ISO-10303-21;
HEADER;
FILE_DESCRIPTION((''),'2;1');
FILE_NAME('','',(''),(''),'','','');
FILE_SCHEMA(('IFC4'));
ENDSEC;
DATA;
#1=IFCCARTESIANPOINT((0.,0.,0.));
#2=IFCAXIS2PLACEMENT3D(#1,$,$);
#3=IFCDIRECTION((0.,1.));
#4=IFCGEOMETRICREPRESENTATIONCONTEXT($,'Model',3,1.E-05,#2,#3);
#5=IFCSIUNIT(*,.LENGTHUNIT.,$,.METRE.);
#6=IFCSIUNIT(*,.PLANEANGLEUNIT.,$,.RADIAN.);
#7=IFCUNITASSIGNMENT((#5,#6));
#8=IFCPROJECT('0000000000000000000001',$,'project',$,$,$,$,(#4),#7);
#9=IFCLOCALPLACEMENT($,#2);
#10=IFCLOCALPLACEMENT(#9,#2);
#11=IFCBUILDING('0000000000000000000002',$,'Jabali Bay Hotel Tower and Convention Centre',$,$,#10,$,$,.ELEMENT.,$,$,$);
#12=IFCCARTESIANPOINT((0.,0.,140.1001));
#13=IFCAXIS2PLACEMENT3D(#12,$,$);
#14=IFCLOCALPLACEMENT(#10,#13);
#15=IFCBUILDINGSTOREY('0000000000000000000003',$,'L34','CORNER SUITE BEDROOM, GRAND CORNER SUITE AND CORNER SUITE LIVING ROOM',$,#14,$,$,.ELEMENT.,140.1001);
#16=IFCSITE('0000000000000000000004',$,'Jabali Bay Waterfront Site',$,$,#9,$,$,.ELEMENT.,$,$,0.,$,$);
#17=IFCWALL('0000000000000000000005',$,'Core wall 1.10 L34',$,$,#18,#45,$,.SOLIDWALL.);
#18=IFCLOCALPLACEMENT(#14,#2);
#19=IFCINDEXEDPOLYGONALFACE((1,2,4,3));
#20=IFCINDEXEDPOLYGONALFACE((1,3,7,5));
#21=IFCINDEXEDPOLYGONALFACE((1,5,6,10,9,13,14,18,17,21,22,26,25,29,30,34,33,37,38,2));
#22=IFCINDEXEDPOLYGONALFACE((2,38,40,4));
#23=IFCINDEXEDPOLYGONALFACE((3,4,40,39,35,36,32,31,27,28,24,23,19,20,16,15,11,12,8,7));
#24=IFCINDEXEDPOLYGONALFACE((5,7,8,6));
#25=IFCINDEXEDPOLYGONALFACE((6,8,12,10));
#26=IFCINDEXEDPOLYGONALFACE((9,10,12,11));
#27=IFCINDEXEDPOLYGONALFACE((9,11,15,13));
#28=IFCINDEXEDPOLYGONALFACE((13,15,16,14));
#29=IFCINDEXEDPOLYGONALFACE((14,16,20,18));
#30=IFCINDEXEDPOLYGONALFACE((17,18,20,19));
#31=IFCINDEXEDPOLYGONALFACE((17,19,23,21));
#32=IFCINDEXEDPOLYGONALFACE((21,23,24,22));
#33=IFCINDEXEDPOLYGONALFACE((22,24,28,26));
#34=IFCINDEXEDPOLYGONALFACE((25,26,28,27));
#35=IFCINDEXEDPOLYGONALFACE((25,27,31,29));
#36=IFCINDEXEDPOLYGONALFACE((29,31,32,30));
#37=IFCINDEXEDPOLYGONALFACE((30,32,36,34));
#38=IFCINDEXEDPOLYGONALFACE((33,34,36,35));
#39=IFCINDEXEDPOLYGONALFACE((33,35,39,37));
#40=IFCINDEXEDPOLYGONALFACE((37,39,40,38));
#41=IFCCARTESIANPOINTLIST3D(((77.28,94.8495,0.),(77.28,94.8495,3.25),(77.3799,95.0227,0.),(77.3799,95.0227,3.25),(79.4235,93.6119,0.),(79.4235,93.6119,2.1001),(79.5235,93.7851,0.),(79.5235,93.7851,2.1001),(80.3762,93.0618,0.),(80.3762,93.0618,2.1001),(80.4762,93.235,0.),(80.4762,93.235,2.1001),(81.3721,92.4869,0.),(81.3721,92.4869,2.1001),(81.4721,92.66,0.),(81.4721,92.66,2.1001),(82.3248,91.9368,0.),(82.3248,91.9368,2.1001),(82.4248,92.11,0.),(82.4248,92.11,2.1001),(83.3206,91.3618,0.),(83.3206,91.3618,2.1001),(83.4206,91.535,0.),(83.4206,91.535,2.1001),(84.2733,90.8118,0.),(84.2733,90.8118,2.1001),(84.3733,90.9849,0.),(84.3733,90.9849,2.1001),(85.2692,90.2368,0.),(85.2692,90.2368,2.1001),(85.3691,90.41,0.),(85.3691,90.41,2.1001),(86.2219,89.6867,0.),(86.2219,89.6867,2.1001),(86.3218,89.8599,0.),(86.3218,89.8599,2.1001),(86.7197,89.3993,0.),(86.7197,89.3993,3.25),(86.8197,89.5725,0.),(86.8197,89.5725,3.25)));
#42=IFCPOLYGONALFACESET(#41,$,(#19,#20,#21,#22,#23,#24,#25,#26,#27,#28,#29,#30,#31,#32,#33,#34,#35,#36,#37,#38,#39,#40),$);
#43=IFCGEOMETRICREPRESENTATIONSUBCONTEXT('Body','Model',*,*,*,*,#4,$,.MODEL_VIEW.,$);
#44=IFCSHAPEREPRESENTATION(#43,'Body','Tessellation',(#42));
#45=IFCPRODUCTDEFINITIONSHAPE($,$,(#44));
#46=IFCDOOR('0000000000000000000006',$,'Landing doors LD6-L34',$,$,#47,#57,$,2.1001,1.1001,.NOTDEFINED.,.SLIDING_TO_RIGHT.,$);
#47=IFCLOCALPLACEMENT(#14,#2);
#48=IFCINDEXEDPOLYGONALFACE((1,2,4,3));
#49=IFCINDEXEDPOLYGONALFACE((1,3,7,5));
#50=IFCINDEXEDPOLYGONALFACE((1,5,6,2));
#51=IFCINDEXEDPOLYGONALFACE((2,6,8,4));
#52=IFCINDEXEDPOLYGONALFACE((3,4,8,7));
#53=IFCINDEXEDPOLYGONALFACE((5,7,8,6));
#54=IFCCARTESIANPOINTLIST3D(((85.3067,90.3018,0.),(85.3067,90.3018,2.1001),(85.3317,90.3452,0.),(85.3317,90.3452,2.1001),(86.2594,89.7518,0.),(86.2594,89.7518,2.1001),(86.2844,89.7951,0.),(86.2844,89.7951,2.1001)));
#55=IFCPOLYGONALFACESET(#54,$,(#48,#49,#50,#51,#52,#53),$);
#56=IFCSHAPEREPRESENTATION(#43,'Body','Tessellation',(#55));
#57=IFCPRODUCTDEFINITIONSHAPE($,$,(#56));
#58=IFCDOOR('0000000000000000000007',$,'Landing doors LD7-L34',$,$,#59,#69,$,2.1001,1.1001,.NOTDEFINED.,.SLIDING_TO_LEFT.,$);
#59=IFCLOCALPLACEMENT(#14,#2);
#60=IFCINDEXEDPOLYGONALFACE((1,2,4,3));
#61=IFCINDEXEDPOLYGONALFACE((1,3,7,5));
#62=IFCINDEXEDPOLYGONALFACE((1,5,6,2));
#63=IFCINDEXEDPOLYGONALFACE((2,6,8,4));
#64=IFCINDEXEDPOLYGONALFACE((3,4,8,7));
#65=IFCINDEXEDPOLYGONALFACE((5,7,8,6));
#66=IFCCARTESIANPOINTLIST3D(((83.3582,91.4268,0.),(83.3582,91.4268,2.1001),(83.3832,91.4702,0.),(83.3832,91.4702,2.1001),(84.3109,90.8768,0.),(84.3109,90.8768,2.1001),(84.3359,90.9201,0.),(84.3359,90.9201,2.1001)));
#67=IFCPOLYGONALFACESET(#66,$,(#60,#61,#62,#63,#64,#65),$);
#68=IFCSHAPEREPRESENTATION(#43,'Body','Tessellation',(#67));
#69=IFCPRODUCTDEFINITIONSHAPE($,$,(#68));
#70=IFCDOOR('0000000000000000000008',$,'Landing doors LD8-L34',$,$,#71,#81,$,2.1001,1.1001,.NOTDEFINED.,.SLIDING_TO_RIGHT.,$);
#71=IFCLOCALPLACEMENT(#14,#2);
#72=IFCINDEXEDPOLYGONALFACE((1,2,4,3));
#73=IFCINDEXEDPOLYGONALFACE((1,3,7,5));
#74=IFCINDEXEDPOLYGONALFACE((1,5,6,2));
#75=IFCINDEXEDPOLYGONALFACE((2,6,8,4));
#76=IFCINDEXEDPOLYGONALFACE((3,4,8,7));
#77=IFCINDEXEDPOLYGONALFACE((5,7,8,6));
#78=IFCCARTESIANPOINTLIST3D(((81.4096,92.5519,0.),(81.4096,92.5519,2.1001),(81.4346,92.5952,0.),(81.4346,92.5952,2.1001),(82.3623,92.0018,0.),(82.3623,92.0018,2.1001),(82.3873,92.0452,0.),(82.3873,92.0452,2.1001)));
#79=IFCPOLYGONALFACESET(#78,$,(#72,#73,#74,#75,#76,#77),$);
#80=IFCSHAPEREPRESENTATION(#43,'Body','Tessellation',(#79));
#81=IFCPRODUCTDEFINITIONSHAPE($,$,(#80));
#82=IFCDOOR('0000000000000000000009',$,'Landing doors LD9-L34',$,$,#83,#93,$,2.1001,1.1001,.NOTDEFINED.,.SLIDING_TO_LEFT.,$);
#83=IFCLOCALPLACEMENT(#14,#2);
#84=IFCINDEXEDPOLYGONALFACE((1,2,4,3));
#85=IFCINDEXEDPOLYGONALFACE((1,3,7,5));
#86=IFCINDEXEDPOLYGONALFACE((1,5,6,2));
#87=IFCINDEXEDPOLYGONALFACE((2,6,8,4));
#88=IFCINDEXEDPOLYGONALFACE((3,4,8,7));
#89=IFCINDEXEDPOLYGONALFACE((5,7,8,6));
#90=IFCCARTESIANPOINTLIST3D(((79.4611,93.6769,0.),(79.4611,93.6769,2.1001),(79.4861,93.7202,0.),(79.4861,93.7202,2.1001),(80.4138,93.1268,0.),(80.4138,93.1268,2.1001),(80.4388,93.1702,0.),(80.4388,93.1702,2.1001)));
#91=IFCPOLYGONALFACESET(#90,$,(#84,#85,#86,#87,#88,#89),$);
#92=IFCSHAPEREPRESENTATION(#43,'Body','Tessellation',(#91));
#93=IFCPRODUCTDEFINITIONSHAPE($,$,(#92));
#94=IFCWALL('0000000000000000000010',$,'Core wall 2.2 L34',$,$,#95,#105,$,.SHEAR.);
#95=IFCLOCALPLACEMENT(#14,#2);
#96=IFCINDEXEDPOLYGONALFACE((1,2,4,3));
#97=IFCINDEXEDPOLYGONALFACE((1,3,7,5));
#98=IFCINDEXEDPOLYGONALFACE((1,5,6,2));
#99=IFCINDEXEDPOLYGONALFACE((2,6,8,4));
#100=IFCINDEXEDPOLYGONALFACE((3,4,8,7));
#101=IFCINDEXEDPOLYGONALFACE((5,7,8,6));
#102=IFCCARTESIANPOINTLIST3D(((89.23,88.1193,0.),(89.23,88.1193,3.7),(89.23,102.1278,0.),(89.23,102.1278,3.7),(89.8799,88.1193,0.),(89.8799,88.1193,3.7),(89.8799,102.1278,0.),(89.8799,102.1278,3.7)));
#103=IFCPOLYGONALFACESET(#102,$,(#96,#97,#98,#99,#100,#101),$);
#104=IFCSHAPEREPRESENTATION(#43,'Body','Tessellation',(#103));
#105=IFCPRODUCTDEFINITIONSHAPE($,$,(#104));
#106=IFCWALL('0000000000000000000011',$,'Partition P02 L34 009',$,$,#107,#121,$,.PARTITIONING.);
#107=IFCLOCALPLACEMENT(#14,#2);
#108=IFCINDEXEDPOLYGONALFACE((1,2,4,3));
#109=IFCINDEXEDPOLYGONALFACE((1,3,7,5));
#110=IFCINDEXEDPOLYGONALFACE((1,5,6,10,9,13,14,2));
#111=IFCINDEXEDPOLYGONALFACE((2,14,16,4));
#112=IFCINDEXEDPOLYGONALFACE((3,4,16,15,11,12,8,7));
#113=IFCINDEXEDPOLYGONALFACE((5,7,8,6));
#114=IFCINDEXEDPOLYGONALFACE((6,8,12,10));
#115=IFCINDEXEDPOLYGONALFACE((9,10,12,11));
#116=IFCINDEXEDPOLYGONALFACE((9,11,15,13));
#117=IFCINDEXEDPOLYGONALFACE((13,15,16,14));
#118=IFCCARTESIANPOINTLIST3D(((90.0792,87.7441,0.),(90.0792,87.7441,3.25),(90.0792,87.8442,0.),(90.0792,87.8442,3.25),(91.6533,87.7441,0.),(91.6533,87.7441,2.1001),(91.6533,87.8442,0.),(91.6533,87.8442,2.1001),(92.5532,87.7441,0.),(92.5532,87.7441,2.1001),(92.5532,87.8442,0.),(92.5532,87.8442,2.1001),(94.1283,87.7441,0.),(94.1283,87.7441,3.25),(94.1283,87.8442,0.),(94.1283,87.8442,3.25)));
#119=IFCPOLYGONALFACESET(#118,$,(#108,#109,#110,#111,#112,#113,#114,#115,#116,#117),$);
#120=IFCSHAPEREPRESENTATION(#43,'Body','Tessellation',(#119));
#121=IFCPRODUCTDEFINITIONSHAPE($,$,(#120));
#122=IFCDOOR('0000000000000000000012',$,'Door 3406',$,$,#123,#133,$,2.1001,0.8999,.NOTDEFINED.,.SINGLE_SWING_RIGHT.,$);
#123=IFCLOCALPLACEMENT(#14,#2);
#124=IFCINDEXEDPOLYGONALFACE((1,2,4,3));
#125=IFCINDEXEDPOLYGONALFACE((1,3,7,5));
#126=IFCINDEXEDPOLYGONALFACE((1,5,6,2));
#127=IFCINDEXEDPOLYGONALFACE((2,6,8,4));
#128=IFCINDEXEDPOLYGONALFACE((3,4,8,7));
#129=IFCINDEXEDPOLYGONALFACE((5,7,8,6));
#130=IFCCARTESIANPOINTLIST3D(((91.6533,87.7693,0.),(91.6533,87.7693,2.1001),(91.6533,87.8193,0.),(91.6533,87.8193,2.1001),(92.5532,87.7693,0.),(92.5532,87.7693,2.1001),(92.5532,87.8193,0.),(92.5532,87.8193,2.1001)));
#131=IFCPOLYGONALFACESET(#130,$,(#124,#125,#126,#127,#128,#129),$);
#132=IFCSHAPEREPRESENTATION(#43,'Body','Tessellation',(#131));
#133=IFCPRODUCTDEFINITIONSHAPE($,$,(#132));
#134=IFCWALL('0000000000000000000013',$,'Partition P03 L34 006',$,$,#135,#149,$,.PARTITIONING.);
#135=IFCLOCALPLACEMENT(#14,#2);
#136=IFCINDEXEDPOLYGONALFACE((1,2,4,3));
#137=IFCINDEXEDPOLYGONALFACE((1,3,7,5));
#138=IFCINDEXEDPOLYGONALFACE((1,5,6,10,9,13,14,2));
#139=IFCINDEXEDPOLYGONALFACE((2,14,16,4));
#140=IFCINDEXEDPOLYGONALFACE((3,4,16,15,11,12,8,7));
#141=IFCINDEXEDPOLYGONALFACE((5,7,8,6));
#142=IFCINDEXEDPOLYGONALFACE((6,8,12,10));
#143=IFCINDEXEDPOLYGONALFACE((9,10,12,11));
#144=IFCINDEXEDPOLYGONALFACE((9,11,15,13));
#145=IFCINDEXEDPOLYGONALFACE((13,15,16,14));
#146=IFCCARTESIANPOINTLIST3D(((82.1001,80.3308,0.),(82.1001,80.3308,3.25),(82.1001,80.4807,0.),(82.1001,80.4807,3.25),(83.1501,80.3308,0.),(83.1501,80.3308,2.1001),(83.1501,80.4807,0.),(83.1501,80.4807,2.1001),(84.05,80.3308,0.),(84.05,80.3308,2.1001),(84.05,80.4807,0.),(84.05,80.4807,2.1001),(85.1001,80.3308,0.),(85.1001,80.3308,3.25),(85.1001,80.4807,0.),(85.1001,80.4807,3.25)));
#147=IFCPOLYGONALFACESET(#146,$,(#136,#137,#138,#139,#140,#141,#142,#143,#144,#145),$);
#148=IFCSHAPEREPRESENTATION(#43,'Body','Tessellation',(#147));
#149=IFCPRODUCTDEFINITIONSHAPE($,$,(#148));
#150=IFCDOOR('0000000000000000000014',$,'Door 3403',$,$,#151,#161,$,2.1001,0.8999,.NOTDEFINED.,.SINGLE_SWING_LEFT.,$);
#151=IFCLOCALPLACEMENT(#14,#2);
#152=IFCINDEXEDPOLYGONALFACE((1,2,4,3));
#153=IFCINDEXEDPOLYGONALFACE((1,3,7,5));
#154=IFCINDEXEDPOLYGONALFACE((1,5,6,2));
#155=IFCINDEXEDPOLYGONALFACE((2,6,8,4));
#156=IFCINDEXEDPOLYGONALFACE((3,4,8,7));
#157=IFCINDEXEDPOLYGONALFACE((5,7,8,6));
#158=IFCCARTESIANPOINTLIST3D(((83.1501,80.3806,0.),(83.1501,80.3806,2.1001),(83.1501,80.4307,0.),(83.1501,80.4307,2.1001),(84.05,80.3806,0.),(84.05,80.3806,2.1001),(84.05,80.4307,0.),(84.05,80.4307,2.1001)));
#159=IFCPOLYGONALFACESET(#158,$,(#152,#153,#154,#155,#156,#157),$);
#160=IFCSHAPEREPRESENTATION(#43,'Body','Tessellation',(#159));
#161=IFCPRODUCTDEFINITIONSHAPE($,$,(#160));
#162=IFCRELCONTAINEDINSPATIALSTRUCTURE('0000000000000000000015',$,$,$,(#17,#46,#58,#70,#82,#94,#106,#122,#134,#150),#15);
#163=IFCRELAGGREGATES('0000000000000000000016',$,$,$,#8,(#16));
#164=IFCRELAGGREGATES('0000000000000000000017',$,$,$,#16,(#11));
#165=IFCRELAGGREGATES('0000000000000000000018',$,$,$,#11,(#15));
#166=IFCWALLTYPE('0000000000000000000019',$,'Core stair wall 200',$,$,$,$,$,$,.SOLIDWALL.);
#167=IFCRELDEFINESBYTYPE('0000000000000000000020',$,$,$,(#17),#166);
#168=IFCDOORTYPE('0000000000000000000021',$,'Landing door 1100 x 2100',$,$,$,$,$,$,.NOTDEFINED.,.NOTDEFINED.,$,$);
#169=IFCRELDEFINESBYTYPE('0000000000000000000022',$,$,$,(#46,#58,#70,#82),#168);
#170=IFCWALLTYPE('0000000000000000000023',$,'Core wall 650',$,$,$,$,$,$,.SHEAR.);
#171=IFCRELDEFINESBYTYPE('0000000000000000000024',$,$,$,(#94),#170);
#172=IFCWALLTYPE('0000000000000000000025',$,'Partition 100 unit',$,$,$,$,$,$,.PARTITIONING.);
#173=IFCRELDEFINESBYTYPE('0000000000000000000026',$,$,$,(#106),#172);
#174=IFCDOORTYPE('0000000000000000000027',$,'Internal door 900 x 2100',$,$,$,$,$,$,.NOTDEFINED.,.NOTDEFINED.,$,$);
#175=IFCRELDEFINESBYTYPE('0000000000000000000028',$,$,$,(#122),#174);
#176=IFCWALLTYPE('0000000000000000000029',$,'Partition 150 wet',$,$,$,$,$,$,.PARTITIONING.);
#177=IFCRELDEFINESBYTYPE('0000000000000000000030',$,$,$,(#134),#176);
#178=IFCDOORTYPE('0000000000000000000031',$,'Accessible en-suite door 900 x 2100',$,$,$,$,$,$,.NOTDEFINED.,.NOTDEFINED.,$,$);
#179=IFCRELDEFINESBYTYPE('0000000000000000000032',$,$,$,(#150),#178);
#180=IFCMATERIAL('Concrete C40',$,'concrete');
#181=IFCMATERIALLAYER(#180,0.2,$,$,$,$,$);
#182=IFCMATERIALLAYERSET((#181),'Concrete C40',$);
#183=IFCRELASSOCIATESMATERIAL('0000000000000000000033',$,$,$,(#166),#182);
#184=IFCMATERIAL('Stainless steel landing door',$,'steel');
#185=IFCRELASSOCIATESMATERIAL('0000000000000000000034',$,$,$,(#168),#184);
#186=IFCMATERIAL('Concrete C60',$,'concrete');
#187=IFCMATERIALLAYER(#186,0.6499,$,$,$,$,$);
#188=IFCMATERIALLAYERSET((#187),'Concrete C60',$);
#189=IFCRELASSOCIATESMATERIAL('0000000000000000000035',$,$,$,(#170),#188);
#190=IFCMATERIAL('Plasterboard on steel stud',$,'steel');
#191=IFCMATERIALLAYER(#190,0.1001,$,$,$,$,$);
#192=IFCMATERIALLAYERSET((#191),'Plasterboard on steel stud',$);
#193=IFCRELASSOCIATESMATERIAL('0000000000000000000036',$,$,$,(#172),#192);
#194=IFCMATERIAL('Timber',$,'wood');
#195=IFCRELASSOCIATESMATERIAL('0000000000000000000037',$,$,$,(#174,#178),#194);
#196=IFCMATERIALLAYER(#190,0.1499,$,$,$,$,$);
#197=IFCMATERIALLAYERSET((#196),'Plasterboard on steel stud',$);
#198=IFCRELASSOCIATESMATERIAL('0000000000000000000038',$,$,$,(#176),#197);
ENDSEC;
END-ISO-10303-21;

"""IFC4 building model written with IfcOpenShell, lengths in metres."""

from ifc_helpers import new_model, si_unit, direction, frame, frame_2d, origin, place, context, subcontext, project, spatial, rectangle, extrude, material, layer, layer_set, type_object, element, fill, save


model = new_model("IFC4")

# Units and contexts
model_context = context("Model", 3, precision=1e-05, world=origin(), true_north=direction((0.0, 1.0)))
body_context = subcontext(model_context, "Body", "Model", "MODEL_VIEW")
ifc_project = project(units=[si_unit("LENGTHUNIT", "METRE"), si_unit("PLANEANGLEUNIT", "RADIAN")], contexts=[model_context])

# Site, building, storey
site_placement = place(None, origin())
site = spatial("IfcSite", under=ifc_project, at=site_placement, Name="Jabali Bay Waterfront Site", CompositionType="ELEMENT", RefElevation=0.0)
building_placement = place(site_placement, origin())
building = spatial("IfcBuilding", under=site, at=building_placement, Name="Jabali Bay Hotel Tower and Convention Centre", CompositionType="ELEMENT")
storey_placement = place(building_placement, frame((0.0, 0.0, 140.1001)))
storey = spatial("IfcBuildingStorey", under=building, at=storey_placement, Name="L34", Description="CORNER SUITE BEDROOM, GRAND CORNER SUITE AND CORNER SUITE LIVING ROOM", CompositionType="ELEMENT", Elevation=140.1001)

# Shared definitions
ifc_material_1 = material(Name="Concrete C60", Category="concrete")

# Shared definitions
ifc_material_2 = material(Name="Concrete C40", Category="concrete")

# Shared definitions
ifc_layer_1 = layer(ifc_material_2, 0.2)
ifc_layer_set_1 = layer_set([ifc_layer_1], Name="Concrete C40")
wall_type_1 = type_object("IfcWallType", Name="Core stair wall 200", PredefinedType="SOLIDWALL", material=ifc_layer_set_1)

# Wall, openings, doors
wall_1_placement = place(storey_placement, frame((86.7698, 89.4858, 0.0), z_axis=(0.0, 0.0, 1.0), x_axis=(-0.866018, 0.500013, 0.0)))
wall_1 = element("IfcWall", 1, at=wall_1_placement, inside=storey, type_object=wall_type_1, Name="Core wall 1.10 L34", PredefinedType="SOLIDWALL", context=body_context, shape_type="SweptSolid", body=[
    extrude(rectangle(XDim=10.9001, YDim=0.2, at=frame_2d((5.4502, 0.0))), origin(), (0.0, 0.0, 1.0), 3.25),
])
opening_1_placement = place(wall_1_placement, frame((0.575, 0.0, 0.0)))
opening_1 = element("IfcOpeningElement", 2, at=opening_1_placement, cuts=wall_1, PredefinedType="OPENING", context=body_context, shape_type="SweptSolid", body=[
    extrude(rectangle(XDim=1.1001, YDim=2.1001, at=frame_2d((0.55, 1.05))), frame((0.0, 0.1104, 0.0), z_axis=(0.0, -1.0, 0.0), x_axis=(1.0, 0.0, 0.0)), (0.0, 0.0, 1.0), 0.2209),
])
opening_2_placement = place(wall_1_placement, frame((2.825, 0.0, 0.0)))
opening_2 = element("IfcOpeningElement", 3, at=opening_2_placement, cuts=wall_1, PredefinedType="OPENING", context=body_context, shape_type="SweptSolid", body=[
    extrude(rectangle(XDim=1.1001, YDim=2.1001, at=frame_2d((0.55, 1.05))), frame((0.0, 0.1104, 0.0), z_axis=(0.0, -1.0, 0.0), x_axis=(1.0, 0.0, 0.0)), (0.0, 0.0, 1.0), 0.2209),
])
opening_3_placement = place(wall_1_placement, frame((5.075, 0.0, 0.0)))
opening_3 = element("IfcOpeningElement", 4, at=opening_3_placement, cuts=wall_1, PredefinedType="OPENING", context=body_context, shape_type="SweptSolid", body=[
    extrude(rectangle(XDim=1.1001, YDim=2.1001, at=frame_2d((0.55, 1.05))), frame((0.0, 0.1104, 0.0), z_axis=(0.0, -1.0, 0.0), x_axis=(1.0, 0.0, 0.0)), (0.0, 0.0, 1.0), 0.2209),
])
opening_4_placement = place(wall_1_placement, frame((7.325, 0.0, 0.0)))
opening_4 = element("IfcOpeningElement", 5, at=opening_4_placement, cuts=wall_1, PredefinedType="OPENING", context=body_context, shape_type="SweptSolid", body=[
    extrude(rectangle(XDim=1.1001, YDim=2.1001, at=frame_2d((0.55, 1.05))), frame((0.0, 0.1104, 0.0), z_axis=(0.0, -1.0, 0.0), x_axis=(1.0, 0.0, 0.0)), (0.0, 0.0, 1.0), 0.2209),
])
ifc_material_3 = material(Name="Stainless steel landing door", Category="steel")
door_type_1 = type_object("IfcDoorType", Name="Landing door 1100 x 2100", OperationType="NOTDEFINED", PredefinedType="NOTDEFINED", material=ifc_material_3)
door_1_placement = place(opening_1_placement, origin())
door_1 = element("IfcDoor", 6, at=door_1_placement, inside=storey, type_object=door_type_1, Name="Landing doors LD6-L34", OperationType="SLIDING_TO_RIGHT", OverallHeight=2.1001, OverallWidth=1.1001, PredefinedType="NOTDEFINED", context=body_context, shape_type="SweptSolid", body=[
    extrude(rectangle(XDim=1.1001, YDim=2.1001, at=frame_2d((0.55, 1.05))), frame((0.0, 0.0249, 0.0), z_axis=(0.0, -1.0, 0.0), x_axis=(1.0, 0.0, 0.0)), (0.0, 0.0, 1.0), 0.05),
])
fill(opening_1, door_1)
door_2_placement = place(opening_2_placement, origin())
door_2 = element("IfcDoor", 7, at=door_2_placement, inside=storey, type_object=door_type_1, Name="Landing doors LD7-L34", OperationType="SLIDING_TO_LEFT", OverallHeight=2.1001, OverallWidth=1.1001, PredefinedType="NOTDEFINED", context=body_context, shape_type="SweptSolid", body=[
    extrude(rectangle(XDim=1.1001, YDim=2.1001, at=frame_2d((0.55, 1.05))), frame((0.0, 0.0249, 0.0), z_axis=(0.0, -1.0, 0.0), x_axis=(1.0, 0.0, 0.0)), (0.0, 0.0, 1.0), 0.05),
])
fill(opening_2, door_2)
door_3_placement = place(opening_3_placement, origin())
door_3 = element("IfcDoor", 8, at=door_3_placement, inside=storey, type_object=door_type_1, Name="Landing doors LD8-L34", OperationType="SLIDING_TO_RIGHT", OverallHeight=2.1001, OverallWidth=1.1001, PredefinedType="NOTDEFINED", context=body_context, shape_type="SweptSolid", body=[
    extrude(rectangle(XDim=1.1001, YDim=2.1001, at=frame_2d((0.55, 1.05))), frame((0.0, 0.0249, 0.0), z_axis=(0.0, -1.0, 0.0), x_axis=(1.0, 0.0, 0.0)), (0.0, 0.0, 1.0), 0.05),
])
fill(opening_3, door_3)
door_4_placement = place(opening_4_placement, origin())
door_4 = element("IfcDoor", 9, at=door_4_placement, inside=storey, type_object=door_type_1, Name="Landing doors LD9-L34", OperationType="SLIDING_TO_LEFT", OverallHeight=2.1001, OverallWidth=1.1001, PredefinedType="NOTDEFINED", context=body_context, shape_type="SweptSolid", body=[
    extrude(rectangle(XDim=1.1001, YDim=2.1001, at=frame_2d((0.55, 1.05))), frame((0.0, 0.0249, 0.0), z_axis=(0.0, -1.0, 0.0), x_axis=(1.0, 0.0, 0.0)), (0.0, 0.0, 1.0), 0.05),
])
fill(opening_4, door_4)

# Wall
ifc_layer_2 = layer(ifc_material_1, 0.6499)
ifc_layer_set_2 = layer_set([ifc_layer_2], Name="Concrete C60")
wall_type_2 = type_object("IfcWallType", Name="Core wall 650", PredefinedType="SHEAR", material=ifc_layer_set_2)
wall_2_placement = place(storey_placement, frame((89.5549, 88.1191, 0.0), z_axis=(0.0, 0.0, 1.0), x_axis=(0.0, 1.0, 0.0)))
element("IfcWall", 10, at=wall_2_placement, inside=storey, type_object=wall_type_2, Name="Core wall 2.2 L34", PredefinedType="SHEAR", context=body_context, shape_type="SweptSolid", body=[
    extrude(rectangle(XDim=14.0085, YDim=0.6499, at=frame_2d((7.0044, 0.0))), origin(), (0.0, 0.0, 1.0), 3.7),
])

# Walls, openings, doors
ifc_material_4 = material(Name="Plasterboard on steel stud", Category="steel")
ifc_layer_3 = layer(ifc_material_4, 0.1001)
ifc_layer_set_3 = layer_set([ifc_layer_3], Name="Plasterboard on steel stud")
wall_type_3 = type_object("IfcWallType", Name="Partition 100 unit", PredefinedType="PARTITIONING", material=ifc_layer_set_3)
wall_3_placement = place(storey_placement, frame((94.1282, 87.7942, 0.0), z_axis=(0.0, 0.0, 1.0), x_axis=(-1.0, 0.0, 0.0)))
wall_3 = element("IfcWall", 11, at=wall_3_placement, inside=storey, type_object=wall_type_3, Name="Partition P02 L34 009", PredefinedType="PARTITIONING", context=body_context, shape_type="SweptSolid", body=[
    extrude(rectangle(XDim=4.0491, YDim=0.1001, at=frame_2d((2.0244, 0.0))), origin(), (0.0, 0.0, 1.0), 3.25),
])
opening_5_placement = place(wall_3_placement, frame((1.575, 0.0, 0.0)))
opening_5 = element("IfcOpeningElement", 12, at=opening_5_placement, cuts=wall_3, PredefinedType="OPENING", context=body_context, shape_type="SweptSolid", body=[
    extrude(rectangle(XDim=0.8999, YDim=2.1001, at=frame_2d((0.45, 1.05))), frame((0.0, 0.0605, 0.0), z_axis=(0.0, -1.0, 0.0), x_axis=(1.0, 0.0, 0.0)), (0.0, 0.0, 1.0), 0.1211),
])
ifc_material_5 = material(Name="Timber", Category="wood")
door_type_2 = type_object("IfcDoorType", Name="Internal door 900 x 2100", OperationType="NOTDEFINED", PredefinedType="NOTDEFINED", material=ifc_material_5)
door_5_placement = place(opening_5_placement, origin())
door_5 = element("IfcDoor", 13, at=door_5_placement, inside=storey, type_object=door_type_2, Name="Door 3406", OperationType="SINGLE_SWING_RIGHT", OverallHeight=2.1001, OverallWidth=0.8999, PredefinedType="NOTDEFINED", context=body_context, shape_type="SweptSolid", body=[
    extrude(rectangle(XDim=0.8999, YDim=2.1001, at=frame_2d((0.45, 1.05))), frame((0.0, 0.0249, 0.0), z_axis=(0.0, -1.0, 0.0), x_axis=(1.0, 0.0, 0.0)), (0.0, 0.0, 1.0), 0.05),
])
fill(opening_5, door_5)
ifc_layer_4 = layer(ifc_material_4, 0.1499)
ifc_layer_set_4 = layer_set([ifc_layer_4], Name="Plasterboard on steel stud")
wall_type_4 = type_object("IfcWallType", Name="Partition 150 wet", PredefinedType="PARTITIONING", material=ifc_layer_set_4)
wall_4_placement = place(storey_placement, frame((82.1001, 80.4058, 0.0), z_axis=(0.0, 0.0, 1.0), x_axis=(1.0, 0.0, 0.0)))
wall_4 = element("IfcWall", 14, at=wall_4_placement, inside=storey, type_object=wall_type_4, Name="Partition P03 L34 006", PredefinedType="PARTITIONING", context=body_context, shape_type="SweptSolid", body=[
    extrude(rectangle(XDim=3.0, YDim=0.1499, at=frame_2d((1.5, 0.0))), origin(), (0.0, 0.0, 1.0), 3.25),
])
opening_6_placement = place(wall_4_placement, frame((1.05, 0.0, 0.0)))
opening_6 = element("IfcOpeningElement", 15, at=opening_6_placement, cuts=wall_4, PredefinedType="OPENING", context=body_context, shape_type="SweptSolid", body=[
    extrude(rectangle(XDim=0.8999, YDim=2.1001, at=frame_2d((0.45, 1.05))), frame((0.0, 0.0854, 0.0), z_axis=(0.0, -1.0, 0.0), x_axis=(1.0, 0.0, 0.0)), (0.0, 0.0, 1.0), 0.1709),
])
door_type_3 = type_object("IfcDoorType", Name="Accessible en-suite door 900 x 2100", OperationType="NOTDEFINED", PredefinedType="NOTDEFINED", material=ifc_material_5)
door_6_placement = place(opening_6_placement, origin())
door_6 = element("IfcDoor", 16, at=door_6_placement, inside=storey, type_object=door_type_3, Name="Door 3403", OperationType="SINGLE_SWING_LEFT", OverallHeight=2.1001, OverallWidth=0.8999, PredefinedType="NOTDEFINED", context=body_context, shape_type="SweptSolid", body=[
    extrude(rectangle(XDim=0.8999, YDim=2.1001, at=frame_2d((0.45, 1.05))), frame((0.0, 0.0249, 0.0), z_axis=(0.0, -1.0, 0.0), x_axis=(1.0, 0.0, 0.0)), (0.0, 0.0, 1.0), 0.05),
])
fill(opening_6, door_6)

save(model, "model.ifc")
